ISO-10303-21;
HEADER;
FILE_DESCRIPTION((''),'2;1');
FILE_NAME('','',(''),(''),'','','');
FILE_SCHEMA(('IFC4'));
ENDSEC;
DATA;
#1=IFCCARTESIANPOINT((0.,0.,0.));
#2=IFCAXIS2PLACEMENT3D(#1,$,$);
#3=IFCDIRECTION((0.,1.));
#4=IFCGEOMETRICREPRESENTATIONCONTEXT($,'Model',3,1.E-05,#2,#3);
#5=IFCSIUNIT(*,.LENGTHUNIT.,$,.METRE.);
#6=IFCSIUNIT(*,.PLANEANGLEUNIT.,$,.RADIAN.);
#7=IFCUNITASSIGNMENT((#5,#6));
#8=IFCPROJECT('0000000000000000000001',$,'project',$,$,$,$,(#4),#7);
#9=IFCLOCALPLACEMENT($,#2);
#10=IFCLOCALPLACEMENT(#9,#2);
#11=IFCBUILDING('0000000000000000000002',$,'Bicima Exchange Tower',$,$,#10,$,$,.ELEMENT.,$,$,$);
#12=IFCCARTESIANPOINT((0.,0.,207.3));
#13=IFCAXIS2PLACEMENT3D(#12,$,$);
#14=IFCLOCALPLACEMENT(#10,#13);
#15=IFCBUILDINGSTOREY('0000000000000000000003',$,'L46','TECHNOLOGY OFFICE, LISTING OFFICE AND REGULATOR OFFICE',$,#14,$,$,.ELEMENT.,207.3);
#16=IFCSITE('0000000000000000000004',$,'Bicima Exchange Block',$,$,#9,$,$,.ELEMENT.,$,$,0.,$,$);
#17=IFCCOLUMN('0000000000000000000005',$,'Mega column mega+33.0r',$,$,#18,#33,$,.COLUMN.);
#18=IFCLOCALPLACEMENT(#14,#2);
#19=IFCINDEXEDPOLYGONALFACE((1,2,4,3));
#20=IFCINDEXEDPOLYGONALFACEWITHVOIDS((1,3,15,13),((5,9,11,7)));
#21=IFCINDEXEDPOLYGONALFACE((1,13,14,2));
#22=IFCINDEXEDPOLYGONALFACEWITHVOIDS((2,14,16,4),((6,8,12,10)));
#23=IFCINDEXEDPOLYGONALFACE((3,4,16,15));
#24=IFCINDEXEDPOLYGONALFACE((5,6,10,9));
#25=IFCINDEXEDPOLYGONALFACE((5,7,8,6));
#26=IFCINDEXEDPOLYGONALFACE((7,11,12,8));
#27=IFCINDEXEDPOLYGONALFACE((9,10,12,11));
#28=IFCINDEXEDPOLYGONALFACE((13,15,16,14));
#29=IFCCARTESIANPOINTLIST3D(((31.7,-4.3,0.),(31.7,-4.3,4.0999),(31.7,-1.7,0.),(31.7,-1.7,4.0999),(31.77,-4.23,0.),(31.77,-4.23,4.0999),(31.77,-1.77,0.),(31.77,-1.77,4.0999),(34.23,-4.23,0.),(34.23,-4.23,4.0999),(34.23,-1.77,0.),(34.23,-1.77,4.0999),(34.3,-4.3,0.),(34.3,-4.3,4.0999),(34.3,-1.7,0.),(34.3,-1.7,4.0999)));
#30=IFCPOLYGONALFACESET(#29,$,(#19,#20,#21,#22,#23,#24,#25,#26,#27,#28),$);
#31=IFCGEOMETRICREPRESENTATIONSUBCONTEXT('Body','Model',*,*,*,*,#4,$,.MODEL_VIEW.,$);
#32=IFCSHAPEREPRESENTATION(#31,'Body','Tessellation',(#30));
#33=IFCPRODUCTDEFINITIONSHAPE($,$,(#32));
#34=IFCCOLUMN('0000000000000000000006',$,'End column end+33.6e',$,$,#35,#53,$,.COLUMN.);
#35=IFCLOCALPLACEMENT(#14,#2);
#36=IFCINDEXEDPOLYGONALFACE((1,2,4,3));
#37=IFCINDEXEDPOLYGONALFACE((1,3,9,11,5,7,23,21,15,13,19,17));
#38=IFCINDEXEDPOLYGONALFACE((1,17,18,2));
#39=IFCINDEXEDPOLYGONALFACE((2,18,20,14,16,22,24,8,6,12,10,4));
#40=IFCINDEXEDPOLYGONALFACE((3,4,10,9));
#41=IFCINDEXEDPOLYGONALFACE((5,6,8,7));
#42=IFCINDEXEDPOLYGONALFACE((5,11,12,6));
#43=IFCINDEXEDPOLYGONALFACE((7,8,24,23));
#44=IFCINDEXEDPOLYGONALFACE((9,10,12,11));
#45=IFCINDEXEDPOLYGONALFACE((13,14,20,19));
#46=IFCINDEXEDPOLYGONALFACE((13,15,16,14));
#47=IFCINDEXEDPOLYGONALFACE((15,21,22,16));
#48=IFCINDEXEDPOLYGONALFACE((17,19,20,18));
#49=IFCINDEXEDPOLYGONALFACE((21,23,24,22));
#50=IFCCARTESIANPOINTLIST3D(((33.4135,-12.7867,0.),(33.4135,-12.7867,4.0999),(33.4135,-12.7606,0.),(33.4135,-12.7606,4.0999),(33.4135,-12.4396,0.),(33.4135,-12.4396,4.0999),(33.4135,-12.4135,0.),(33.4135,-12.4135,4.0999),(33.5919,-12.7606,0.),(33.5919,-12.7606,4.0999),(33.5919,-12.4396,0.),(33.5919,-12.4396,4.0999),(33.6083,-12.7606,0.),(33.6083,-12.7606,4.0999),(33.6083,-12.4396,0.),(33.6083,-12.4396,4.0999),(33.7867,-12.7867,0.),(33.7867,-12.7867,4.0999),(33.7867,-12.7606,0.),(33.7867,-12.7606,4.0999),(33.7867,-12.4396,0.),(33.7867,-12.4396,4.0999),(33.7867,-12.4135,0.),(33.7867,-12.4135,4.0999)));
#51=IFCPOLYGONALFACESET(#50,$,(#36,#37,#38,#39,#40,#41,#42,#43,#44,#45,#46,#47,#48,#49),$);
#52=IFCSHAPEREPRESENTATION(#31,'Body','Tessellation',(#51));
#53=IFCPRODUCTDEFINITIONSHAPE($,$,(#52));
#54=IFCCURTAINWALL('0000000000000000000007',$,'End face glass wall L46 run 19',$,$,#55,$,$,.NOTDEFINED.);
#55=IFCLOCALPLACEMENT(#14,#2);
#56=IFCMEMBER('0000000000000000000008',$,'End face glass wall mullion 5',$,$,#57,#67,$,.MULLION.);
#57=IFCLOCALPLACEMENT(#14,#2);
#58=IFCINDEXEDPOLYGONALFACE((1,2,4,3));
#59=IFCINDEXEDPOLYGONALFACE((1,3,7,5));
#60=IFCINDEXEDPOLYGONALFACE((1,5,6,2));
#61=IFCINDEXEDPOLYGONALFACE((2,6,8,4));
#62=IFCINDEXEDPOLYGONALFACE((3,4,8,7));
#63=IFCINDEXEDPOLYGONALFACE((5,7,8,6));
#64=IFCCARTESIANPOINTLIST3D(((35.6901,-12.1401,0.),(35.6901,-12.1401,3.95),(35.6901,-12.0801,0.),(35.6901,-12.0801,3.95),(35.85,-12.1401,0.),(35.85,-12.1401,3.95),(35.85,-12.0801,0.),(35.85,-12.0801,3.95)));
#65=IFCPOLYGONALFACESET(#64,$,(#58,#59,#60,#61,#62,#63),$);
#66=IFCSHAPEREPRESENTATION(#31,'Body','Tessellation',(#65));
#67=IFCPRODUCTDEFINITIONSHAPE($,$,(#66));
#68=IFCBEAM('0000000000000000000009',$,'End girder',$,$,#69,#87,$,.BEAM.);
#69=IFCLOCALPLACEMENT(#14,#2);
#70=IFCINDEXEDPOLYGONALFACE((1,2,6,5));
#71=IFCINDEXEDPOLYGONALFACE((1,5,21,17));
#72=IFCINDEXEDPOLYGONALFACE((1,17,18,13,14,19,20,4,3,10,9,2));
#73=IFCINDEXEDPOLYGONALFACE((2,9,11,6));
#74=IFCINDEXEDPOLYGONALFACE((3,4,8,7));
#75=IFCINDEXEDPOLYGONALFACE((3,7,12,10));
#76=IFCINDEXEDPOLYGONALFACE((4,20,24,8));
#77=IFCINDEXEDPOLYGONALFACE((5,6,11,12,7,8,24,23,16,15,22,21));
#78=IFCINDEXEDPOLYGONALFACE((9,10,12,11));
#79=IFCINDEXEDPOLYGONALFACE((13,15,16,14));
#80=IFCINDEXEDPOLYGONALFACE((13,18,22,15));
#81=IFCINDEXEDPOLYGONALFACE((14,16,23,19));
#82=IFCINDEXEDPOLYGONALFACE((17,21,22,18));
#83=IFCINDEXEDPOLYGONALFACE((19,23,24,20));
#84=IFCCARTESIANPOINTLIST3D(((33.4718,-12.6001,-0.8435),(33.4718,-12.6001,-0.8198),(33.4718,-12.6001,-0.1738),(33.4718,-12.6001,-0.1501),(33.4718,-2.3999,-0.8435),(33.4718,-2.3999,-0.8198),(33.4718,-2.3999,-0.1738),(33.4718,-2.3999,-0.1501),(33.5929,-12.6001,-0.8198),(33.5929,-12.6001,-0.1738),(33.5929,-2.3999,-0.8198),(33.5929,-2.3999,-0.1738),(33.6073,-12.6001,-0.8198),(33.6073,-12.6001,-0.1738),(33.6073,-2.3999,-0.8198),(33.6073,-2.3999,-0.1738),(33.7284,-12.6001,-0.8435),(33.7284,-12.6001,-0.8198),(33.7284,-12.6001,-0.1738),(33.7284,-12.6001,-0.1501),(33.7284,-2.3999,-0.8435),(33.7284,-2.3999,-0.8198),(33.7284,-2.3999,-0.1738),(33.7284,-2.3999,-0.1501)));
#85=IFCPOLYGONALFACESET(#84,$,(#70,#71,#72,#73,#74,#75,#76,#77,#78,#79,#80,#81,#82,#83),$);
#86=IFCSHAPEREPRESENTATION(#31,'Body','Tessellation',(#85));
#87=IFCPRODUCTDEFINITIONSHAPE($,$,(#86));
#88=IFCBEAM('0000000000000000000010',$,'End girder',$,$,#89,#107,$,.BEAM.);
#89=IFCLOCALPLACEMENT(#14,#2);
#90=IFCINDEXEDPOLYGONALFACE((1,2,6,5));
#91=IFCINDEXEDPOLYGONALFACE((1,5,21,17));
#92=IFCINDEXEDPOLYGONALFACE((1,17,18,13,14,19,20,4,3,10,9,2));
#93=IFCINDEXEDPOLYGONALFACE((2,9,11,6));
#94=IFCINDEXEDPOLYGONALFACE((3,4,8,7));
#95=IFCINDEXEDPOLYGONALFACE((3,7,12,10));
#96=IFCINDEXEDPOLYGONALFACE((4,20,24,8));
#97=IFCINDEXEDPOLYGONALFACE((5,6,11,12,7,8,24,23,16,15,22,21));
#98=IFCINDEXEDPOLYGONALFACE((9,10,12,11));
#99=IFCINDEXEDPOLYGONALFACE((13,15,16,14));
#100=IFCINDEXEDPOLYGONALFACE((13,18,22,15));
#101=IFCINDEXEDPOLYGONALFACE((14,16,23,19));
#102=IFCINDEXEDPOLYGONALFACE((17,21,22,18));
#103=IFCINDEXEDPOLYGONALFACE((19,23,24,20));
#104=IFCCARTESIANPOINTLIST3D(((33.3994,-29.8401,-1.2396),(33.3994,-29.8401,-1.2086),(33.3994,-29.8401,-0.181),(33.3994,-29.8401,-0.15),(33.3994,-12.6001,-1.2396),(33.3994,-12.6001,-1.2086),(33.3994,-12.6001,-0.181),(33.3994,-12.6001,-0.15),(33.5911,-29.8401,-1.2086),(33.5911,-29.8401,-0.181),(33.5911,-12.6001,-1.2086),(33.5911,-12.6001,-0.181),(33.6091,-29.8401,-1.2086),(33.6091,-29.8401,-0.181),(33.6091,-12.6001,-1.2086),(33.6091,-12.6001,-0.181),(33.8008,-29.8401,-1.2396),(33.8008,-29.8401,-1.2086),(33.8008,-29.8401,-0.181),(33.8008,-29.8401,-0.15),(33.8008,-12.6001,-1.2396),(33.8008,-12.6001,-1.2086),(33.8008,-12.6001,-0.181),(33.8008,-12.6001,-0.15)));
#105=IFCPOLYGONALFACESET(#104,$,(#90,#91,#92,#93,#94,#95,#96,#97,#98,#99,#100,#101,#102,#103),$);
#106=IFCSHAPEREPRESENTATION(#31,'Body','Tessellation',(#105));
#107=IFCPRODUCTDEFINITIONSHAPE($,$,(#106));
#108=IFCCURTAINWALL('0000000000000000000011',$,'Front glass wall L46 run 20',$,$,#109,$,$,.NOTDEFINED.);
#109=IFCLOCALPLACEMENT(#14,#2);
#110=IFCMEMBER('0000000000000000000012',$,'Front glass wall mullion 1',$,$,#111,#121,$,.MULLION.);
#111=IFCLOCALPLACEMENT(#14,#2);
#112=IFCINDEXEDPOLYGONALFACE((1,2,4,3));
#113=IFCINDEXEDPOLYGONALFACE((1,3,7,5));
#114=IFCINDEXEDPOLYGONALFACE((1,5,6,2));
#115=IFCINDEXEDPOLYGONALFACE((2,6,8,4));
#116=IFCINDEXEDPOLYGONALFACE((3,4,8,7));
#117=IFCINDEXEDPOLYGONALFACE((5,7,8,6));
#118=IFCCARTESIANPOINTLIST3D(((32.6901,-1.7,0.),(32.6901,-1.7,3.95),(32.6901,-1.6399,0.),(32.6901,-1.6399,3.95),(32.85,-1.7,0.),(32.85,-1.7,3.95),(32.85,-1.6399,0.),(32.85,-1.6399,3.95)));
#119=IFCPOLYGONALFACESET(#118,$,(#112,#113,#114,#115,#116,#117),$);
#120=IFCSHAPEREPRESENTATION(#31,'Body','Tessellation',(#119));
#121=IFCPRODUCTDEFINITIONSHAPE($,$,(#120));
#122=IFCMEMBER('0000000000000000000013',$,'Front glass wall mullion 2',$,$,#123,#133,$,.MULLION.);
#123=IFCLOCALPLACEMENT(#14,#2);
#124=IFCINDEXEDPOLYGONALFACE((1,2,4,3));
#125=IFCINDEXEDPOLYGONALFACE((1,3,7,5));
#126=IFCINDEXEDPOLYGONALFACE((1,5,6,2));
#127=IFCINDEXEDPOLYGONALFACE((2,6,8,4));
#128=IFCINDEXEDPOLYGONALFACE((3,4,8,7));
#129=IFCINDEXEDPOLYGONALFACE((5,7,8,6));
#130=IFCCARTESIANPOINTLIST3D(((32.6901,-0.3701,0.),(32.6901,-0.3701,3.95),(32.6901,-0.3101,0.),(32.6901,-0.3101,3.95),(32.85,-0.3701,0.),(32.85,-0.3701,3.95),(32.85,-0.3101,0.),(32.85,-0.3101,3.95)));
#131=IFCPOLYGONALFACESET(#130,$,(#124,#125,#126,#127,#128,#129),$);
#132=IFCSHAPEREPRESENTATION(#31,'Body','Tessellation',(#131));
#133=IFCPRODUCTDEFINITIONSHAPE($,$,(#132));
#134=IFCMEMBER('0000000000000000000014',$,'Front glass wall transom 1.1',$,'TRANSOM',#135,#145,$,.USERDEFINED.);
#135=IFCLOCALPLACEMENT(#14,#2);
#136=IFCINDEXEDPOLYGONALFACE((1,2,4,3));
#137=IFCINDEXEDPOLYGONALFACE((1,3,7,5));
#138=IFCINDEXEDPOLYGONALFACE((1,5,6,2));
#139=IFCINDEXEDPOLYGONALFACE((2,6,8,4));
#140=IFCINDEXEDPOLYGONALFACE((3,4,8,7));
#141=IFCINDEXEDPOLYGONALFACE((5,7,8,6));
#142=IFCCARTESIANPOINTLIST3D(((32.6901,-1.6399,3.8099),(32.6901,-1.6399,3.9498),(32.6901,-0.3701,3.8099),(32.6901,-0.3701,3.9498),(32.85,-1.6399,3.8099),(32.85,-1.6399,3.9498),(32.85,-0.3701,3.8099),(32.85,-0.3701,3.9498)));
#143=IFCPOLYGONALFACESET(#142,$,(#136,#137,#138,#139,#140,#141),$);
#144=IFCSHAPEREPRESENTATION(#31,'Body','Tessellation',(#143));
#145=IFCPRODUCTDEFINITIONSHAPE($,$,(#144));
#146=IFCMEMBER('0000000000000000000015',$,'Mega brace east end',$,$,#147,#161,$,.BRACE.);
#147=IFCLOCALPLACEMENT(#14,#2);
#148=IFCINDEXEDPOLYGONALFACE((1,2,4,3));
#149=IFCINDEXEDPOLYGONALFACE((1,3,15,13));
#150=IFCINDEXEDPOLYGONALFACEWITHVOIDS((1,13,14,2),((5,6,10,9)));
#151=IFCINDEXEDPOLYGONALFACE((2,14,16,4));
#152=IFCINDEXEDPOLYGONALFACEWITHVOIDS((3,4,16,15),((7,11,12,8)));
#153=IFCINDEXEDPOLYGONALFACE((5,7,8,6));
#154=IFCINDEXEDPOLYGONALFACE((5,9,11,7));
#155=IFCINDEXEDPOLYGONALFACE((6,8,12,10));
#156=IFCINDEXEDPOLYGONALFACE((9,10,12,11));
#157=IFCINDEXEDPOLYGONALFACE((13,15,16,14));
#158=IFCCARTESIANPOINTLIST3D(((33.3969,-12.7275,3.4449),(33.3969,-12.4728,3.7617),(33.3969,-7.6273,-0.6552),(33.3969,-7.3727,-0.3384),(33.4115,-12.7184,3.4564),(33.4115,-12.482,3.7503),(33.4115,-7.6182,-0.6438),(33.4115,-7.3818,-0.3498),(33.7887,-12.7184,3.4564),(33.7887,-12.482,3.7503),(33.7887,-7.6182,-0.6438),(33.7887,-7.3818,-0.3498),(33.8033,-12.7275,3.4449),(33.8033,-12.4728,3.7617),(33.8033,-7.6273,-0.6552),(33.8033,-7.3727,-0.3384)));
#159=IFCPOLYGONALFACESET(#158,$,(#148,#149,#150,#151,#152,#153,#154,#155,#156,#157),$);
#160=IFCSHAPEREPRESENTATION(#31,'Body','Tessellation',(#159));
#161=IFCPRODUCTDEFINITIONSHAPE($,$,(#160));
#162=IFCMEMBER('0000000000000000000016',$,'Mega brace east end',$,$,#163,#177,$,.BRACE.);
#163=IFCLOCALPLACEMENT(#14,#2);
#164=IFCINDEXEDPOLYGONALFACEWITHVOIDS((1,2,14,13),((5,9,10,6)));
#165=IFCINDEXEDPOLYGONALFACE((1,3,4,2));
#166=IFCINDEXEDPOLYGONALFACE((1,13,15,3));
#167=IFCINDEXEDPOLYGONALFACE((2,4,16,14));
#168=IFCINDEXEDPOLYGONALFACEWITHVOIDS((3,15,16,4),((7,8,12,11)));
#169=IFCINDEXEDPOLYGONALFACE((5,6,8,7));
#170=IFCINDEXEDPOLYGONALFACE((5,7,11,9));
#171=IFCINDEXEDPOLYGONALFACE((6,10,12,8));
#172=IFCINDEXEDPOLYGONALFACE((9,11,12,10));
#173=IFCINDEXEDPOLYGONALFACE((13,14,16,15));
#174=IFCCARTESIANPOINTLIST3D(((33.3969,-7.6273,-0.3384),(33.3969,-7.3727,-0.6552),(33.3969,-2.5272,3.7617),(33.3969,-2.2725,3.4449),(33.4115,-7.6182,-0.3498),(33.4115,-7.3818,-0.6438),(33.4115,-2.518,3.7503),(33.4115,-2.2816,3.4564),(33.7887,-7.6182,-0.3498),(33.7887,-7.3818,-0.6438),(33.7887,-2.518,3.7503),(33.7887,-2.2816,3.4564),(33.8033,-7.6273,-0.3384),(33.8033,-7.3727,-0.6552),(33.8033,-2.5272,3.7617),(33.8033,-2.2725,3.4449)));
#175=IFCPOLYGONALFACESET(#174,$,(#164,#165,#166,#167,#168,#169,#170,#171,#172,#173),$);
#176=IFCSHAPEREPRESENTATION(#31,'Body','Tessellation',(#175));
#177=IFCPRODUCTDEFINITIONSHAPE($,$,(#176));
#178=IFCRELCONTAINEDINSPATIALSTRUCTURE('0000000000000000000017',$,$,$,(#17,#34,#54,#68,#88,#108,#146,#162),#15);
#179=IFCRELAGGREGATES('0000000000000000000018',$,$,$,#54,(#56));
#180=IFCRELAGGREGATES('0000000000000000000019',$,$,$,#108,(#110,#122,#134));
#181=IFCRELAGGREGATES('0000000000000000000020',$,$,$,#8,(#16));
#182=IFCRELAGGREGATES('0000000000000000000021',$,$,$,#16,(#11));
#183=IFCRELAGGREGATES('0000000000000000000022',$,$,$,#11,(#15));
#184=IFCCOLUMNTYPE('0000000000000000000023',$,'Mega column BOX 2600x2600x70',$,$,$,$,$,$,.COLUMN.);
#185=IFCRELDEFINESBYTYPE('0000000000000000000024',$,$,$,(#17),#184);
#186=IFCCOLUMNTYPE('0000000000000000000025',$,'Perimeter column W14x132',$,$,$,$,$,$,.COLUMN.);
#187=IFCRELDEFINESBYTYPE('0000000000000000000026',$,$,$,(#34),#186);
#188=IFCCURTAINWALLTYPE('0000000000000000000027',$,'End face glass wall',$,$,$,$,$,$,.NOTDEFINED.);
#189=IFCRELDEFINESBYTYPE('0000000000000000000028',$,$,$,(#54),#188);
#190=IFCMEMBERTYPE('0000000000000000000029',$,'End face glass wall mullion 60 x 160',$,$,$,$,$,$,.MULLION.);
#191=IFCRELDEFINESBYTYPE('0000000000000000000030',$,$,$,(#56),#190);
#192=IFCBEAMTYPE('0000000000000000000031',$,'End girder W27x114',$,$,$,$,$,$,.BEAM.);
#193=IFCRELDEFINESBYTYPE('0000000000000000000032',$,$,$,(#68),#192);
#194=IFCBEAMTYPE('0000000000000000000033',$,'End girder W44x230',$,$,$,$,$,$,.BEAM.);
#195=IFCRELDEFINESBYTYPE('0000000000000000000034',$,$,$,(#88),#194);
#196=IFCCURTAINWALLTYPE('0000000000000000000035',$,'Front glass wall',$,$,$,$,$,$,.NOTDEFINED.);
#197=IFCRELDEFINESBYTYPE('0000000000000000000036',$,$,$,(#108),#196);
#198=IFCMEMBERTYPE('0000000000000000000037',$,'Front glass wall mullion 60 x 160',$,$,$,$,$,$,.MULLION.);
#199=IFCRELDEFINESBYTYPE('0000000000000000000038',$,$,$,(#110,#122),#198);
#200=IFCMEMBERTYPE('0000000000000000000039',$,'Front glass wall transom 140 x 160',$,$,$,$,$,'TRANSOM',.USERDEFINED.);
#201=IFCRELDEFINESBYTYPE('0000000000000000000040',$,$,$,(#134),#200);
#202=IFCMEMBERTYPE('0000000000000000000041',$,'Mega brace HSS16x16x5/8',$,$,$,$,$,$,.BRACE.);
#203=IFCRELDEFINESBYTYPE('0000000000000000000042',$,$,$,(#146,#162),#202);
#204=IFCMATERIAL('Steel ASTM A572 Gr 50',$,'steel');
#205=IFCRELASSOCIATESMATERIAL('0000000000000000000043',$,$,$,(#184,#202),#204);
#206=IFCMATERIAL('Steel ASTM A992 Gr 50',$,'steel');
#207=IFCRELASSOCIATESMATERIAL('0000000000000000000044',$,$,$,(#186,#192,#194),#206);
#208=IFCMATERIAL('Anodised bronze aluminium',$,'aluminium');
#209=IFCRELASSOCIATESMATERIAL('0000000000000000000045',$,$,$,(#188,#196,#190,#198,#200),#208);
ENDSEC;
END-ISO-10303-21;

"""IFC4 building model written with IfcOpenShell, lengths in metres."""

from ifc_helpers import new_model, si_unit, direction, frame, origin, origin_2d, place, context, subcontext, project, spatial, rectangle, hollow_rectangle, i_section, extrude, material, material_profile, profile_set, type_object, element, aggregate, save


model = new_model("IFC4")

# Units and contexts
model_context = context("Model", 3, precision=1e-05, world=origin(), true_north=direction((0.0, 1.0)))
body_context = subcontext(model_context, "Body", "Model", "MODEL_VIEW")
ifc_project = project(units=[si_unit("LENGTHUNIT", "METRE"), si_unit("PLANEANGLEUNIT", "RADIAN")], contexts=[model_context])

# Site, building, storey
site_placement = place(None, origin())
site = spatial("IfcSite", under=ifc_project, at=site_placement, Name="Bicima Exchange Block", CompositionType="ELEMENT", RefElevation=0.0)
building_placement = place(site_placement, origin())
building = spatial("IfcBuilding", under=site, at=building_placement, Name="Bicima Exchange Tower", CompositionType="ELEMENT")
storey_placement = place(building_placement, frame((0.0, 0.0, 207.3)))
storey = spatial("IfcBuildingStorey", under=building, at=storey_placement, Name="L46", Description="TECHNOLOGY OFFICE, LISTING OFFICE AND REGULATOR OFFICE", CompositionType="ELEMENT", Elevation=207.3)

# Columns
ifc_material_1 = material(Name="Steel ASTM A572 Gr 50", Category="steel")
ifc_material_profile_1 = material_profile(ifc_material_1, hollow_rectangle(XDim=2.6001, YDim=2.6001, WallThickness=0.0701, at=origin_2d()))
ifc_profile_set_1 = profile_set([ifc_material_profile_1], Name="Steel ASTM A572 Gr 50")
column_type_1 = type_object("IfcColumnType", Name="Mega column BOX 2600x2600x70", PredefinedType="COLUMN", material=ifc_profile_set_1)
column_1_placement = place(storey_placement, frame((33.0, -3.0, 0.0), z_axis=(0.0, 0.0, 1.0), x_axis=(1.0, 0.0, 0.0)))
element("IfcColumn", 1, at=column_1_placement, inside=storey, type_object=column_type_1, Name="Mega column mega+33.0r", PredefinedType="COLUMN", context=body_context, shape_type="SweptSolid", body=[
    extrude(hollow_rectangle(XDim=2.6001, YDim=2.6001, WallThickness=0.0701, at=origin_2d()), origin(), (0.0, 0.0, 1.0), 4.0999),
])
ifc_material_2 = material(Name="Steel ASTM A992 Gr 50", Category="steel")
ifc_material_profile_2 = material_profile(ifc_material_2, i_section(OverallWidth=0.3733, OverallDepth=0.3733, WebThickness=0.0164, FlangeThickness=0.0261, at=origin_2d()))
ifc_profile_set_2 = profile_set([ifc_material_profile_2], Name="Steel ASTM A992 Gr 50")
column_type_2 = type_object("IfcColumnType", Name="Perimeter column W14x132", PredefinedType="COLUMN", material=ifc_profile_set_2)
column_2_placement = place(storey_placement, frame((33.6001, -12.6001, 0.0), z_axis=(0.0, 0.0, 1.0), x_axis=(1.0, 0.0, 0.0)))
element("IfcColumn", 2, at=column_2_placement, inside=storey, type_object=column_type_2, Name="End column end+33.6e", PredefinedType="COLUMN", context=body_context, shape_type="SweptSolid", body=[
    extrude(i_section(OverallWidth=0.3733, OverallDepth=0.3733, WebThickness=0.0164, FlangeThickness=0.0261, at=origin_2d()), origin(), (0.0, 0.0, 1.0), 4.0999),
])

# Curtain wall, member
ifc_material_3 = material(Name="Anodised bronze aluminium", Category="aluminium")
curtain_wall_type_1 = type_object("IfcCurtainWallType", Name="End face glass wall", PredefinedType="NOTDEFINED", material=ifc_material_3)
curtain_wall_1_placement = place(storey_placement, origin())
curtain_wall_1 = element("IfcCurtainWall", 3, at=curtain_wall_1_placement, inside=storey, type_object=curtain_wall_type_1, Name="End face glass wall L46 run 19", PredefinedType="NOTDEFINED")
ifc_material_profile_3 = material_profile(ifc_material_3, rectangle(XDim=0.1599, YDim=0.0601, at=origin_2d()))
ifc_profile_set_3 = profile_set([ifc_material_profile_3], Name="Anodised bronze aluminium")
member_type_1 = type_object("IfcMemberType", Name="End face glass wall mullion 60 x 160", PredefinedType="MULLION", material=ifc_profile_set_3)
member_1_placement = place(storey_placement, frame((35.77, -12.1101, 0.0), z_axis=(0.0, 0.0, 1.0), x_axis=(-1.0, 0.0, 0.0)))
member_1 = element("IfcMember", 4, at=member_1_placement, type_object=member_type_1, Name="End face glass wall mullion 5", PredefinedType="MULLION", context=body_context, shape_type="SweptSolid", body=[
    extrude(rectangle(XDim=0.1599, YDim=0.0601, at=origin_2d()), origin(), (0.0, 0.0, 1.0), 3.95),
])
aggregate(curtain_wall_1, [member_1])

# Beams
ifc_material_profile_4 = material_profile(ifc_material_2, i_section(OverallWidth=0.2566, OverallDepth=0.6934, WebThickness=0.0144, FlangeThickness=0.0237, at=origin_2d()))
ifc_profile_set_4 = profile_set([ifc_material_profile_4], Name="Steel ASTM A992 Gr 50")
beam_type_1 = type_object("IfcBeamType", Name="End girder W27x114", PredefinedType="BEAM", material=ifc_profile_set_4)
beam_1_placement = place(storey_placement, frame((33.6001, -2.3999, -0.4968), z_axis=(0.0, -1.0, 0.0), x_axis=(1.0, 0.0, 0.0)))
element("IfcBeam", 5, at=beam_1_placement, inside=storey, type_object=beam_type_1, Name="End girder", PredefinedType="BEAM", context=body_context, shape_type="SweptSolid", body=[
    extrude(i_section(OverallWidth=0.2566, OverallDepth=0.6934, WebThickness=0.0144, FlangeThickness=0.0237, at=origin_2d()), origin(), (0.0, 0.0, 1.0), 10.2002),
])
ifc_material_profile_5 = material_profile(ifc_material_2, i_section(OverallWidth=0.4014, OverallDepth=1.0896, WebThickness=0.0181, FlangeThickness=0.031, at=origin_2d()))
ifc_profile_set_5 = profile_set([ifc_material_profile_5], Name="Steel ASTM A992 Gr 50")
beam_type_2 = type_object("IfcBeamType", Name="End girder W44x230", PredefinedType="BEAM", material=ifc_profile_set_5)
beam_2_placement = place(storey_placement, frame((33.6001, -12.6001, -0.6948), z_axis=(0.0, -1.0, 0.0), x_axis=(1.0, 0.0, 0.0)))
element("IfcBeam", 6, at=beam_2_placement, inside=storey, type_object=beam_type_2, Name="End girder", PredefinedType="BEAM", context=body_context, shape_type="SweptSolid", body=[
    extrude(i_section(OverallWidth=0.4014, OverallDepth=1.0896, WebThickness=0.0181, FlangeThickness=0.031, at=origin_2d()), origin(), (0.0, 0.0, 1.0), 17.24),
])

# Curtain wall, members
curtain_wall_type_2 = type_object("IfcCurtainWallType", Name="Front glass wall", PredefinedType="NOTDEFINED", material=ifc_material_3)
curtain_wall_2_placement = place(storey_placement, origin())
curtain_wall_2 = element("IfcCurtainWall", 7, at=curtain_wall_2_placement, inside=storey, type_object=curtain_wall_type_2, Name="Front glass wall L46 run 20", PredefinedType="NOTDEFINED")
member_type_2 = type_object("IfcMemberType", Name="Front glass wall mullion 60 x 160", PredefinedType="MULLION", material=ifc_profile_set_3)
member_2_placement = place(storey_placement, frame((32.77, -1.6699, 0.0), z_axis=(0.0, 0.0, 1.0), x_axis=(-1.0, 0.0, 0.0)))
member_2 = element("IfcMember", 8, at=member_2_placement, type_object=member_type_2, Name="Front glass wall mullion 1", PredefinedType="MULLION", context=body_context, shape_type="SweptSolid", body=[
    extrude(rectangle(XDim=0.1599, YDim=0.0601, at=origin_2d()), origin(), (0.0, 0.0, 1.0), 3.95),
])
member_3_placement = place(storey_placement, frame((32.77, -0.3401, 0.0), z_axis=(0.0, 0.0, 1.0), x_axis=(-1.0, 0.0, 0.0)))
member_3 = element("IfcMember", 9, at=member_3_placement, type_object=member_type_2, Name="Front glass wall mullion 2", PredefinedType="MULLION", context=body_context, shape_type="SweptSolid", body=[
    extrude(rectangle(XDim=0.1599, YDim=0.0601, at=origin_2d()), origin(), (0.0, 0.0, 1.0), 3.95),
])
ifc_material_profile_6 = material_profile(ifc_material_3, rectangle(XDim=0.1599, YDim=0.1399, at=origin_2d()))
ifc_profile_set_6 = profile_set([ifc_material_profile_6], Name="Anodised bronze aluminium")
member_type_3 = type_object("IfcMemberType", Name="Front glass wall transom 140 x 160", ElementType="TRANSOM", PredefinedType="USERDEFINED", material=ifc_profile_set_6)
member_4_placement = place(storey_placement, frame((32.77, -1.6399, 3.8799), z_axis=(0.0, 1.0, 0.0), x_axis=(-1.0, 0.0, 0.0)))
member_4 = element("IfcMember", 10, at=member_4_placement, type_object=member_type_3, Name="Front glass wall transom 1.1", ObjectType="TRANSOM", PredefinedType="USERDEFINED", context=body_context, shape_type="SweptSolid", body=[
    extrude(rectangle(XDim=0.1599, YDim=0.1399, at=origin_2d()), origin(), (0.0, 0.0, 1.0), 1.2698),
])

# Members
ifc_material_profile_7 = material_profile(ifc_material_1, hollow_rectangle(XDim=0.4065, YDim=0.4065, WallThickness=0.0146, at=origin_2d()))
ifc_profile_set_7 = profile_set([ifc_material_profile_7], Name="Steel ASTM A572 Gr 50")
member_type_4 = type_object("IfcMemberType", Name="Mega brace HSS16x16x5/8", PredefinedType="BRACE", material=ifc_profile_set_7)
for number, where, z_axis, x_axis, name in (
    (11, (33.6001, -7.5, -0.4968), (0.0, -0.779374, 0.626559), (1.0, 0.0, 0.0), "Mega brace east end"),
    (12, (33.6001, -7.5, -0.4968), (0.0, 0.779374, 0.626559), (-1.0, 0.0, 0.0), "Mega brace east end"),
):
    element("IfcMember", number, at=place(storey_placement, frame(where, z_axis=z_axis, x_axis=x_axis)), inside=storey, type_object=member_type_4, Name=name, PredefinedType="BRACE", context=body_context, shape_type="SweptSolid", body=[
        extrude(hollow_rectangle(XDim=0.4065, YDim=0.4065, WallThickness=0.0146, at=origin_2d()), origin(), (0.0, 0.0, 1.0), 6.5439),
    ])

aggregate(curtain_wall_2, [member_2, member_3, member_4])

save(model, "model.ifc")
